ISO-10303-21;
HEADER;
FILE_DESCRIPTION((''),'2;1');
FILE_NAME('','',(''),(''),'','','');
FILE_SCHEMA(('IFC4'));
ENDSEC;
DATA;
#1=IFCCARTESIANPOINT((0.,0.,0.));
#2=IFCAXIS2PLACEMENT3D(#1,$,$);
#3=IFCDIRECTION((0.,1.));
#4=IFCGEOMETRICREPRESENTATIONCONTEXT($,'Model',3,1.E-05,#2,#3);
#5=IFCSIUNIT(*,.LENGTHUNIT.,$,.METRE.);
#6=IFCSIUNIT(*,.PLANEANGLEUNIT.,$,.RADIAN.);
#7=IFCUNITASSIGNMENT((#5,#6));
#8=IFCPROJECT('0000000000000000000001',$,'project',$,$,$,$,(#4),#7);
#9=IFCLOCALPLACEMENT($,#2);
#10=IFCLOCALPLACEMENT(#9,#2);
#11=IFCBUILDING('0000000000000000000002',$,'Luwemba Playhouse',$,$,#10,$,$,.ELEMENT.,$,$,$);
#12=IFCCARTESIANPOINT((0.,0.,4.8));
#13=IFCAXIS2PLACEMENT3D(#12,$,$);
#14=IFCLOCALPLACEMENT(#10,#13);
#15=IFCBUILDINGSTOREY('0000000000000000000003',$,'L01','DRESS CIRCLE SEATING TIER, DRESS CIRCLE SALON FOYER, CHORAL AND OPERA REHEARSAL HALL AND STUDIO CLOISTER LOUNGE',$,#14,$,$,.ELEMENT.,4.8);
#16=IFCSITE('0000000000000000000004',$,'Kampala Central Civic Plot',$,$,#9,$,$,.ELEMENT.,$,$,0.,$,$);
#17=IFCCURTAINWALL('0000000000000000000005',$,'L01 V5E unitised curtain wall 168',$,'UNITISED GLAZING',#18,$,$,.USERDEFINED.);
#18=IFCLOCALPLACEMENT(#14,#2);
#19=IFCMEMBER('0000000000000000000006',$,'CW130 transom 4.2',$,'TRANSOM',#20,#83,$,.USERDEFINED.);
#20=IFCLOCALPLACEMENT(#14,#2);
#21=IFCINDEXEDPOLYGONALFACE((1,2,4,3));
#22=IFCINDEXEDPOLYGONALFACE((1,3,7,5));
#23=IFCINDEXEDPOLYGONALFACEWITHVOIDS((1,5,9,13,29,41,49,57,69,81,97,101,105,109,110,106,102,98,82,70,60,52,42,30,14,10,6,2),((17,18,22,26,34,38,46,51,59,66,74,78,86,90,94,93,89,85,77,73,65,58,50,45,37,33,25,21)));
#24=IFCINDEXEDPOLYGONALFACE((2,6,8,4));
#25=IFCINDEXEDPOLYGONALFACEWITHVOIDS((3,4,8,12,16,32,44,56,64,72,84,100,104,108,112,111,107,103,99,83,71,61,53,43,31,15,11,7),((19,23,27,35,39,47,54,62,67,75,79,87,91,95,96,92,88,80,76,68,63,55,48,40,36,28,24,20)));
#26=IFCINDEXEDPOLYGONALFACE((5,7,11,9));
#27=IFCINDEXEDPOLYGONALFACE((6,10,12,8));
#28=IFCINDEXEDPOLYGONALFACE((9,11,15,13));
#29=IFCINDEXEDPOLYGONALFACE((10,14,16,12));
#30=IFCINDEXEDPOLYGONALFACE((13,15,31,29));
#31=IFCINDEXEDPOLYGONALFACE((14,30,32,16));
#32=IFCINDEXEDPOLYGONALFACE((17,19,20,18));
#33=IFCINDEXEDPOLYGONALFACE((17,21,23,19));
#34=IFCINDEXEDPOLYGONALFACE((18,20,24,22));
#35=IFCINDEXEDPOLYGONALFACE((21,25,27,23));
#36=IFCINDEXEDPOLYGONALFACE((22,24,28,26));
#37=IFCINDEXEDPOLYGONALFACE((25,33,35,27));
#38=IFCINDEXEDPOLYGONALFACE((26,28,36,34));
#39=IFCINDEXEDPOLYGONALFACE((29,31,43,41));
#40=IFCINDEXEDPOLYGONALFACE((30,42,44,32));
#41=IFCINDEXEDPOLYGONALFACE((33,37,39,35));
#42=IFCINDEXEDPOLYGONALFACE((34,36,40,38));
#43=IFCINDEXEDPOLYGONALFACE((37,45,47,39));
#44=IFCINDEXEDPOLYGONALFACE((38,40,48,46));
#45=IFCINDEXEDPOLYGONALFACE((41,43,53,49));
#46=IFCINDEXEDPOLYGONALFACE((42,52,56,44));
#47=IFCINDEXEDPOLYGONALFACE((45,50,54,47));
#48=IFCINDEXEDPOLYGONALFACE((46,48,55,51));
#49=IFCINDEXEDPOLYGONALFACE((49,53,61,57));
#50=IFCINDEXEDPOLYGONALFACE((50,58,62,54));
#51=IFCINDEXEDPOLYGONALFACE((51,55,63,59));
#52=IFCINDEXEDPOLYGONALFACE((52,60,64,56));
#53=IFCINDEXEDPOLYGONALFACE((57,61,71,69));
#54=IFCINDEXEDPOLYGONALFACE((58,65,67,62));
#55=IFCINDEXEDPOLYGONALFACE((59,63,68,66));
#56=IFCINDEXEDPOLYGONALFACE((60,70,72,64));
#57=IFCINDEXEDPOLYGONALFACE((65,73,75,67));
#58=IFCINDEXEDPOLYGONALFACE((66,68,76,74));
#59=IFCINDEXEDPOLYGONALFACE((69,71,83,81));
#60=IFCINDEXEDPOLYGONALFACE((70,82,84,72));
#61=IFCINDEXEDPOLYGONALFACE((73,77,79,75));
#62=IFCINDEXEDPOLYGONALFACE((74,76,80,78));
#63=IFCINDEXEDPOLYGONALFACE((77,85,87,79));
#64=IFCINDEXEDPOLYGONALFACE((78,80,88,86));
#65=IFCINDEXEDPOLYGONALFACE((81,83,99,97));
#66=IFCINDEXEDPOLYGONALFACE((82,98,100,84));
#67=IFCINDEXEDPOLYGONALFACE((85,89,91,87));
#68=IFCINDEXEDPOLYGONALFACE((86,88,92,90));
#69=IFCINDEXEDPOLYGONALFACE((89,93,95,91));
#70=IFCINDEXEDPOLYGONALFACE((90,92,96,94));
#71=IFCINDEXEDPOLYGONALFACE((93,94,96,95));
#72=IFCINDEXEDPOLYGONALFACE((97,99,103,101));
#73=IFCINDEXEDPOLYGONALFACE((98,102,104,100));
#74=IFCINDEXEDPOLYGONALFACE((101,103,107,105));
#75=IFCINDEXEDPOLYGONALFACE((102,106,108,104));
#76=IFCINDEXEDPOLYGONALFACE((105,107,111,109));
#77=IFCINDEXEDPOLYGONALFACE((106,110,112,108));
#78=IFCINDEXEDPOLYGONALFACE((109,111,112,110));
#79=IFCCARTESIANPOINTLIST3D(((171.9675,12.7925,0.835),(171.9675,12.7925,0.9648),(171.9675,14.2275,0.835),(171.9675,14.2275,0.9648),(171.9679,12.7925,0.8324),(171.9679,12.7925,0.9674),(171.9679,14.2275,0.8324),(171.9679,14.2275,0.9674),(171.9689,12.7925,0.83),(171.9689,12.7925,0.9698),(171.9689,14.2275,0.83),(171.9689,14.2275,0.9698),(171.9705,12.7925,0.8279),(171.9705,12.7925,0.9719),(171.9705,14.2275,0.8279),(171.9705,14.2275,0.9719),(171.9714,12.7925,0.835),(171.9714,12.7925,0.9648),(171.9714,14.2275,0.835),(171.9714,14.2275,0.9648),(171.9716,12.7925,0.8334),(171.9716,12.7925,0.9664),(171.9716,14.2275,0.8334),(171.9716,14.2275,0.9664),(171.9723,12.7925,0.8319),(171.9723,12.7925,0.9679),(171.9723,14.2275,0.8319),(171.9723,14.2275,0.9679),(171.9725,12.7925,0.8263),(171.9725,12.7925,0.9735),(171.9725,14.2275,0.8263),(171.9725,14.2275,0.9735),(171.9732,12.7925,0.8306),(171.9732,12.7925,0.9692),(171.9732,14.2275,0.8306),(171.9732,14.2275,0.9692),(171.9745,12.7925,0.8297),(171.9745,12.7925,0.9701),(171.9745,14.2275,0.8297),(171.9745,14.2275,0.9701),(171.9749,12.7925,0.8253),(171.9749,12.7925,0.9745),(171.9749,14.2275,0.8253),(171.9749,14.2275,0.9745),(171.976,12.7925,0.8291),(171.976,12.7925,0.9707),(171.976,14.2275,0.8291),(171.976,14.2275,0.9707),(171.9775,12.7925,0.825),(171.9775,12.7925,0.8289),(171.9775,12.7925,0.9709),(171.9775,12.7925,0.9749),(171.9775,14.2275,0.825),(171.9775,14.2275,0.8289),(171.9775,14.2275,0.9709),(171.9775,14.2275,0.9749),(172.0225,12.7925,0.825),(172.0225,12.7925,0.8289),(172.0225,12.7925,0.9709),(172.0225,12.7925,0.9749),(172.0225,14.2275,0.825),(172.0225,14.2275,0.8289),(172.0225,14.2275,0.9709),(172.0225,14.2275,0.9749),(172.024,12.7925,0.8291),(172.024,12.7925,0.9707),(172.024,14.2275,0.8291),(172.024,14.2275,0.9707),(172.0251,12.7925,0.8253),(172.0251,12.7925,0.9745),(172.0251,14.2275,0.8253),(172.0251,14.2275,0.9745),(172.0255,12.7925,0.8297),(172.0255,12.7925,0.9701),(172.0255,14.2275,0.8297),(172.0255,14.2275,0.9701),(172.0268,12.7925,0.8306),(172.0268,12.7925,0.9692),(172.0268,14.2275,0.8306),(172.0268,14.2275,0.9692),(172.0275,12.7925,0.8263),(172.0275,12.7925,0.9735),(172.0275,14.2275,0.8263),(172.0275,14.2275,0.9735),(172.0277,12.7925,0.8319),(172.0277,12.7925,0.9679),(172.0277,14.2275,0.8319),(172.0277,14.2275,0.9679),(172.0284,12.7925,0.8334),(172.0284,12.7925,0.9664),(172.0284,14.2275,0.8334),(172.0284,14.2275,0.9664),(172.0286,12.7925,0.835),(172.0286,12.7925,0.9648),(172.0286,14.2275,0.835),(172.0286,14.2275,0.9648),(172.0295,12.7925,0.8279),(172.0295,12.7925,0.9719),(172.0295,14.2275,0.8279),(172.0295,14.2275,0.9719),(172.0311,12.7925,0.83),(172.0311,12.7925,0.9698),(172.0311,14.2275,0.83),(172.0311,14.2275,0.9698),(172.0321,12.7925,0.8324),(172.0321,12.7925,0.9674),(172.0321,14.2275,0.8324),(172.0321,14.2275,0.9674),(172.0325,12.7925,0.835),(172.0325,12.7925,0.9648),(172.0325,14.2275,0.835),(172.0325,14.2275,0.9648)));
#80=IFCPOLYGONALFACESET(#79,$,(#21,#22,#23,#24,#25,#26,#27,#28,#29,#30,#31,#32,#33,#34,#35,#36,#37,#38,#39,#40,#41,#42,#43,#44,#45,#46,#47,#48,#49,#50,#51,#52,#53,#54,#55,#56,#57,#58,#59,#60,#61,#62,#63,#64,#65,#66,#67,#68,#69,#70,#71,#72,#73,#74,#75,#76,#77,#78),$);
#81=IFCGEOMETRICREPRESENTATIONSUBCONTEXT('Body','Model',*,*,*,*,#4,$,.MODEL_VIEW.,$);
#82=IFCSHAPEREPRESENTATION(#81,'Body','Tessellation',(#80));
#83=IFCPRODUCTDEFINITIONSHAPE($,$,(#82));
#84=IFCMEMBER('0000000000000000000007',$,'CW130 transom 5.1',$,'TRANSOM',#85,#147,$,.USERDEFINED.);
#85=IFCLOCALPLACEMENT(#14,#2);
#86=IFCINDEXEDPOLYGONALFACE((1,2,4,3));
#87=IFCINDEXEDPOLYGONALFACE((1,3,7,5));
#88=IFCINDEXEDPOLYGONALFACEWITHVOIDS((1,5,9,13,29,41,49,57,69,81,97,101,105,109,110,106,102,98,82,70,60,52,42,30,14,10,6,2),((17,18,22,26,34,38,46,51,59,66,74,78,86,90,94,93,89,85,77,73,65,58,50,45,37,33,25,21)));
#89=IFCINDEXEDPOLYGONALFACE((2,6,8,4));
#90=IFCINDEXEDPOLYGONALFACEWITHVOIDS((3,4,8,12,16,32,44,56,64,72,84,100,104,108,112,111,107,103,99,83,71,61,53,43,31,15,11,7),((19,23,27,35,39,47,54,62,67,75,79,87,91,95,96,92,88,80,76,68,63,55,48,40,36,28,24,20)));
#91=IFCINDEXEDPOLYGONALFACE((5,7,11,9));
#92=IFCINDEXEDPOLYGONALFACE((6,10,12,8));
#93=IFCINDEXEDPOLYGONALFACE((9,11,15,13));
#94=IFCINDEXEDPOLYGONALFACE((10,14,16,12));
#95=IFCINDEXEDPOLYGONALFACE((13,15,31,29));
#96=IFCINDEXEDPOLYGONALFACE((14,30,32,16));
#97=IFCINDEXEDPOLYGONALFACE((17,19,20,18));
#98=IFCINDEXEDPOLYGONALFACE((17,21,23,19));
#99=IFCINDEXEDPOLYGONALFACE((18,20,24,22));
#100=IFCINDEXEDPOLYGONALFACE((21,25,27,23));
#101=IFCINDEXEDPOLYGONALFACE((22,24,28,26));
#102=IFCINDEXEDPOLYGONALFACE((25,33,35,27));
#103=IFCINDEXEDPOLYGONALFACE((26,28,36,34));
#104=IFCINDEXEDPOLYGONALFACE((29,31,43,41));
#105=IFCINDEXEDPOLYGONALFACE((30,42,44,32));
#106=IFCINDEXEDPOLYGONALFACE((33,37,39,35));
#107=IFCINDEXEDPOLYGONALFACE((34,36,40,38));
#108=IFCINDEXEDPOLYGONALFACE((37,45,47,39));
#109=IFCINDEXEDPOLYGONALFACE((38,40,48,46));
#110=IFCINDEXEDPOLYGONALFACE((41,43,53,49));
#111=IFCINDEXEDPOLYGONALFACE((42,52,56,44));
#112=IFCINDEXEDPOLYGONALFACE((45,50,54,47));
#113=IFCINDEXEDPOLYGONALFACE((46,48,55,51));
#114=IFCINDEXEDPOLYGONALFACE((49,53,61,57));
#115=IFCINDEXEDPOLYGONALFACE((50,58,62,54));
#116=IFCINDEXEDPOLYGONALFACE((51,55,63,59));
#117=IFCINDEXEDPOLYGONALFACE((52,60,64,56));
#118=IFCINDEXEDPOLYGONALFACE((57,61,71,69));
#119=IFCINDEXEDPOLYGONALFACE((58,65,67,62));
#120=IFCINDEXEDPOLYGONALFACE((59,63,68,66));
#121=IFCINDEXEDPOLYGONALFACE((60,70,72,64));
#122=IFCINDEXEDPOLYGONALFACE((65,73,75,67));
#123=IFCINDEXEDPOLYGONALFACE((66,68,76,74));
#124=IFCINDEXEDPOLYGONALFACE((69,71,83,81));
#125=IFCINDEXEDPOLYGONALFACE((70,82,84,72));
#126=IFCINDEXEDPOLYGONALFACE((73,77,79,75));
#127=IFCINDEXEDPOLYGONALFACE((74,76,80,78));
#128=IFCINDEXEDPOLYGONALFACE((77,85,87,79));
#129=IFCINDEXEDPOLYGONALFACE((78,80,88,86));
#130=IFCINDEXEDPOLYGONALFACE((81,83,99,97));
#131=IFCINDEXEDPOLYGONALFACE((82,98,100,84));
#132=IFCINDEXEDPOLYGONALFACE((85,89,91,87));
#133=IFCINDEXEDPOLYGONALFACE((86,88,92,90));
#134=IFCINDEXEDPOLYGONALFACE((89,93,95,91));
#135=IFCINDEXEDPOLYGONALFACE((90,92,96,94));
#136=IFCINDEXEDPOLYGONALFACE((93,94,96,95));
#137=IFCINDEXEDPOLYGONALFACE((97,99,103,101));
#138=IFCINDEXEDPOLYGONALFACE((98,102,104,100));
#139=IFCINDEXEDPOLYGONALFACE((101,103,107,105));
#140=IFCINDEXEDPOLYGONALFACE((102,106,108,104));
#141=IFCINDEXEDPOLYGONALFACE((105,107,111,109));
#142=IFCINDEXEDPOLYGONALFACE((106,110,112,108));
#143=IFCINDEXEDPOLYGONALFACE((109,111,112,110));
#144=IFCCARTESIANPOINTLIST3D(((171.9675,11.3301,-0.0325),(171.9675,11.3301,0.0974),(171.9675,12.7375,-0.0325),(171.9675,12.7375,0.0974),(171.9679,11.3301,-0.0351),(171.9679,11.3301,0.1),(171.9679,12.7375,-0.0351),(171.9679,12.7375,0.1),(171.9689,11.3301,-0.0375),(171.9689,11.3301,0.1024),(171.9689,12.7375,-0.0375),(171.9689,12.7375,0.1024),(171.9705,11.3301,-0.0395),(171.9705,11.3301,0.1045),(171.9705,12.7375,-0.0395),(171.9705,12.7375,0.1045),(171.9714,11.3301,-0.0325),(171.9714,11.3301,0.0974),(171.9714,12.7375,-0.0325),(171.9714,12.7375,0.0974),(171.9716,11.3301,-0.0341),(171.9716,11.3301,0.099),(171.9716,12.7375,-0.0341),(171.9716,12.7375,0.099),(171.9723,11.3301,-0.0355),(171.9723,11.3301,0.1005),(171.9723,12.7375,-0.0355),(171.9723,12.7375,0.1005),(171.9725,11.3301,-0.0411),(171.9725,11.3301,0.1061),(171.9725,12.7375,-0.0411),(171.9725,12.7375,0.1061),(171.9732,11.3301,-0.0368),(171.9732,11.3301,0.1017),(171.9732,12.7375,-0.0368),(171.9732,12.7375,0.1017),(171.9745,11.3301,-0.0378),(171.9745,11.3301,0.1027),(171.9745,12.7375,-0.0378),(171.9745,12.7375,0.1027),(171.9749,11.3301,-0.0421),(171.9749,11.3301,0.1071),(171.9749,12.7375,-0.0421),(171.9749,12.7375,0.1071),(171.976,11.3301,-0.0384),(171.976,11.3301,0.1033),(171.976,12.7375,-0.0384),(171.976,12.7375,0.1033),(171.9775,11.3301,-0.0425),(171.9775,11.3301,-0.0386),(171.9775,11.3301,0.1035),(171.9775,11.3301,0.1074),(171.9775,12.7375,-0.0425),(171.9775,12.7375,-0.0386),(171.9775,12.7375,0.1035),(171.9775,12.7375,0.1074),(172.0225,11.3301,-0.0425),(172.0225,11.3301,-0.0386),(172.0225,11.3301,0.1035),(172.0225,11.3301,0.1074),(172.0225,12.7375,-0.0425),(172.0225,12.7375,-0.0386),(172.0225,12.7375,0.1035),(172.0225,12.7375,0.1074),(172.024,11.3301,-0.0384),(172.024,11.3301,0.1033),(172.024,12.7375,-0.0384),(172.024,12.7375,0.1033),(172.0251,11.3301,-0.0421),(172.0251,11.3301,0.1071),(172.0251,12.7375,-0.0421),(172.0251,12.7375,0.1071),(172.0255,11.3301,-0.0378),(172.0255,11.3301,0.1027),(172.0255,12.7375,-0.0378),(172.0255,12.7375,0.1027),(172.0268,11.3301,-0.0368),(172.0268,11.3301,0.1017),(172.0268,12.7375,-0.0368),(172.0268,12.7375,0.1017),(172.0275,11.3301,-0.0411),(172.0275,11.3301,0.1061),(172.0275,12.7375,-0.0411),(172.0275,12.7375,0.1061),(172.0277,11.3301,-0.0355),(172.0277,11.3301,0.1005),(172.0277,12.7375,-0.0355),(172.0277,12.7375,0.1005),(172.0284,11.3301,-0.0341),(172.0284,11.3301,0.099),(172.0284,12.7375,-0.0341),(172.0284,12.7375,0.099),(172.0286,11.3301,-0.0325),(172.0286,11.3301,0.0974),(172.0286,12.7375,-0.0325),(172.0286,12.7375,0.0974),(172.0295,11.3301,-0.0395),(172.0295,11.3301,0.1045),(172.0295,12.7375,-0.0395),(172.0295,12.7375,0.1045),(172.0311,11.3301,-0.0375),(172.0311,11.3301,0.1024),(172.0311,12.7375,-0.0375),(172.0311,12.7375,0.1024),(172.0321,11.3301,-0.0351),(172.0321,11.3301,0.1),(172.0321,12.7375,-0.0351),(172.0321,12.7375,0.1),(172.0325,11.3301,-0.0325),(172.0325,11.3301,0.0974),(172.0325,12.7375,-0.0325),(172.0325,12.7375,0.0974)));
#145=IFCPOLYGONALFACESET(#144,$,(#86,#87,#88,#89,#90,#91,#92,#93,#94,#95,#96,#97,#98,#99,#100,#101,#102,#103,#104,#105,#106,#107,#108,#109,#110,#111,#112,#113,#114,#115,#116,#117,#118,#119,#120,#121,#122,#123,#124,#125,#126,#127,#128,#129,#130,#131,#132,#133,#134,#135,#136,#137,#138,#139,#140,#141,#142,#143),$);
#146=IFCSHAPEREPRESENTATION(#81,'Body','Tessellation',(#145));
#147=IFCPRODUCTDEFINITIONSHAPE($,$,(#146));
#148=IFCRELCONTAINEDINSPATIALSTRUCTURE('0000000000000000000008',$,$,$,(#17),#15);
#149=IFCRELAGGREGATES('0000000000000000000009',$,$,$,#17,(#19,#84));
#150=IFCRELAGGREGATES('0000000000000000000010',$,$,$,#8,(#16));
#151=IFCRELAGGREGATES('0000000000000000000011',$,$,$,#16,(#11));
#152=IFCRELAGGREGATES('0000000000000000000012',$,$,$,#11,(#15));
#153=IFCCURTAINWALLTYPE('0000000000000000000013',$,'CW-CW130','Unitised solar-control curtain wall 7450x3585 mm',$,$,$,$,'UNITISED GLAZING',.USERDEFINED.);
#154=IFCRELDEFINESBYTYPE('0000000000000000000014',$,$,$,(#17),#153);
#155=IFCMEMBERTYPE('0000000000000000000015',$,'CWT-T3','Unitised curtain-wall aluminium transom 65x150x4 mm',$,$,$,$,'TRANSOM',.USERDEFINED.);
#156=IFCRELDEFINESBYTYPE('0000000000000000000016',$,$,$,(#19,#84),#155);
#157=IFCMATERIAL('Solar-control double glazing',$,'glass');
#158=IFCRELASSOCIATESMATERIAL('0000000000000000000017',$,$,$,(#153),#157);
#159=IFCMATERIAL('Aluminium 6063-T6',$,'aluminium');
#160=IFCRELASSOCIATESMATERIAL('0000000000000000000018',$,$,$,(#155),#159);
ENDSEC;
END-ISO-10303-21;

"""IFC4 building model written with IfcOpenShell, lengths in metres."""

from ifc_helpers import new_model, si_unit, direction, frame, origin, origin_2d, place, context, subcontext, project, spatial, hollow_rectangle, extrude, material, material_profile, profile_set, type_object, element, aggregate, save


model = new_model("IFC4")

# Units and contexts
model_context = context("Model", 3, precision=1e-05, world=origin(), true_north=direction((0.0, 1.0)))
body_context = subcontext(model_context, "Body", "Model", "MODEL_VIEW")
ifc_project = project(units=[si_unit("LENGTHUNIT", "METRE"), si_unit("PLANEANGLEUNIT", "RADIAN")], contexts=[model_context])

# Site, building, storey
site_placement = place(None, origin())
site = spatial("IfcSite", under=ifc_project, at=site_placement, Name="Kampala Central Civic Plot", CompositionType="ELEMENT", RefElevation=0.0)
building_placement = place(site_placement, origin())
building = spatial("IfcBuilding", under=site, at=building_placement, Name="Luwemba Playhouse", CompositionType="ELEMENT")
storey_placement = place(building_placement, frame((0.0, 0.0, 4.8)))
storey = spatial("IfcBuildingStorey", under=building, at=storey_placement, Name="L01", Description="DRESS CIRCLE SEATING TIER, DRESS CIRCLE SALON FOYER, CHORAL AND OPERA REHEARSAL HALL AND STUDIO CLOISTER LOUNGE", CompositionType="ELEMENT", Elevation=4.8)

# Curtain wall
ifc_material_1 = material(Name="Solar-control double glazing", Category="glass")
curtain_wall_type_1 = type_object("IfcCurtainWallType", Name="CW-CW130", Description="Unitised solar-control curtain wall 7450x3585 mm", ElementType="UNITISED GLAZING", PredefinedType="USERDEFINED", material=ifc_material_1)
curtain_wall_1_placement = place(storey_placement, origin())
curtain_wall_1 = element("IfcCurtainWall", 1, at=curtain_wall_1_placement, inside=storey, type_object=curtain_wall_type_1, Name="L01 V5E unitised curtain wall 168", ObjectType="UNITISED GLAZING", PredefinedType="USERDEFINED")
ifc_material_2 = material(Name="Aluminium 6063-T6", Category="aluminium")

# Members
ifc_material_profile_1 = material_profile(ifc_material_2, hollow_rectangle(XDim=0.0649, YDim=0.1499, WallThickness=0.0039, InnerFilletRadius=0.0061, OuterFilletRadius=0.01, at=origin_2d()))
ifc_profile_set_1 = profile_set([ifc_material_profile_1], Name="Aluminium 6063-T6")
member_type_1 = type_object("IfcMemberType", Name="CWT-T3", Description="Unitised curtain-wall aluminium transom 65x150x4 mm", ElementType="TRANSOM", PredefinedType="USERDEFINED", material=ifc_profile_set_1)
member_1_placement = place(storey_placement, frame((172.0, 14.2275, 0.8999), z_axis=(0.0, -1.0, 0.0), x_axis=(1.0, 0.0, 0.0)))
member_1 = element("IfcMember", 2, at=member_1_placement, type_object=member_type_1, Name="CW130 transom 4.2", ObjectType="TRANSOM", PredefinedType="USERDEFINED", context=body_context, shape_type="SweptSolid", body=[
    extrude(hollow_rectangle(XDim=0.0649, YDim=0.1499, WallThickness=0.0039, InnerFilletRadius=0.0061, OuterFilletRadius=0.01, at=origin_2d()), origin(), (0.0, 0.0, 1.0), 1.4351),
])
member_2_placement = place(storey_placement, frame((172.0, 12.7375, 0.0325), z_axis=(0.0, -1.0, 0.0), x_axis=(1.0, 0.0, 0.0)))
member_2 = element("IfcMember", 3, at=member_2_placement, type_object=member_type_1, Name="CW130 transom 5.1", ObjectType="TRANSOM", PredefinedType="USERDEFINED", context=body_context, shape_type="SweptSolid", body=[
    extrude(hollow_rectangle(XDim=0.0649, YDim=0.1499, WallThickness=0.0039, InnerFilletRadius=0.0061, OuterFilletRadius=0.01, at=origin_2d()), origin(), (0.0, 0.0, 1.0), 1.4075),
])

aggregate(curtain_wall_1, [member_1, member_2])

save(model, "model.ifc")
